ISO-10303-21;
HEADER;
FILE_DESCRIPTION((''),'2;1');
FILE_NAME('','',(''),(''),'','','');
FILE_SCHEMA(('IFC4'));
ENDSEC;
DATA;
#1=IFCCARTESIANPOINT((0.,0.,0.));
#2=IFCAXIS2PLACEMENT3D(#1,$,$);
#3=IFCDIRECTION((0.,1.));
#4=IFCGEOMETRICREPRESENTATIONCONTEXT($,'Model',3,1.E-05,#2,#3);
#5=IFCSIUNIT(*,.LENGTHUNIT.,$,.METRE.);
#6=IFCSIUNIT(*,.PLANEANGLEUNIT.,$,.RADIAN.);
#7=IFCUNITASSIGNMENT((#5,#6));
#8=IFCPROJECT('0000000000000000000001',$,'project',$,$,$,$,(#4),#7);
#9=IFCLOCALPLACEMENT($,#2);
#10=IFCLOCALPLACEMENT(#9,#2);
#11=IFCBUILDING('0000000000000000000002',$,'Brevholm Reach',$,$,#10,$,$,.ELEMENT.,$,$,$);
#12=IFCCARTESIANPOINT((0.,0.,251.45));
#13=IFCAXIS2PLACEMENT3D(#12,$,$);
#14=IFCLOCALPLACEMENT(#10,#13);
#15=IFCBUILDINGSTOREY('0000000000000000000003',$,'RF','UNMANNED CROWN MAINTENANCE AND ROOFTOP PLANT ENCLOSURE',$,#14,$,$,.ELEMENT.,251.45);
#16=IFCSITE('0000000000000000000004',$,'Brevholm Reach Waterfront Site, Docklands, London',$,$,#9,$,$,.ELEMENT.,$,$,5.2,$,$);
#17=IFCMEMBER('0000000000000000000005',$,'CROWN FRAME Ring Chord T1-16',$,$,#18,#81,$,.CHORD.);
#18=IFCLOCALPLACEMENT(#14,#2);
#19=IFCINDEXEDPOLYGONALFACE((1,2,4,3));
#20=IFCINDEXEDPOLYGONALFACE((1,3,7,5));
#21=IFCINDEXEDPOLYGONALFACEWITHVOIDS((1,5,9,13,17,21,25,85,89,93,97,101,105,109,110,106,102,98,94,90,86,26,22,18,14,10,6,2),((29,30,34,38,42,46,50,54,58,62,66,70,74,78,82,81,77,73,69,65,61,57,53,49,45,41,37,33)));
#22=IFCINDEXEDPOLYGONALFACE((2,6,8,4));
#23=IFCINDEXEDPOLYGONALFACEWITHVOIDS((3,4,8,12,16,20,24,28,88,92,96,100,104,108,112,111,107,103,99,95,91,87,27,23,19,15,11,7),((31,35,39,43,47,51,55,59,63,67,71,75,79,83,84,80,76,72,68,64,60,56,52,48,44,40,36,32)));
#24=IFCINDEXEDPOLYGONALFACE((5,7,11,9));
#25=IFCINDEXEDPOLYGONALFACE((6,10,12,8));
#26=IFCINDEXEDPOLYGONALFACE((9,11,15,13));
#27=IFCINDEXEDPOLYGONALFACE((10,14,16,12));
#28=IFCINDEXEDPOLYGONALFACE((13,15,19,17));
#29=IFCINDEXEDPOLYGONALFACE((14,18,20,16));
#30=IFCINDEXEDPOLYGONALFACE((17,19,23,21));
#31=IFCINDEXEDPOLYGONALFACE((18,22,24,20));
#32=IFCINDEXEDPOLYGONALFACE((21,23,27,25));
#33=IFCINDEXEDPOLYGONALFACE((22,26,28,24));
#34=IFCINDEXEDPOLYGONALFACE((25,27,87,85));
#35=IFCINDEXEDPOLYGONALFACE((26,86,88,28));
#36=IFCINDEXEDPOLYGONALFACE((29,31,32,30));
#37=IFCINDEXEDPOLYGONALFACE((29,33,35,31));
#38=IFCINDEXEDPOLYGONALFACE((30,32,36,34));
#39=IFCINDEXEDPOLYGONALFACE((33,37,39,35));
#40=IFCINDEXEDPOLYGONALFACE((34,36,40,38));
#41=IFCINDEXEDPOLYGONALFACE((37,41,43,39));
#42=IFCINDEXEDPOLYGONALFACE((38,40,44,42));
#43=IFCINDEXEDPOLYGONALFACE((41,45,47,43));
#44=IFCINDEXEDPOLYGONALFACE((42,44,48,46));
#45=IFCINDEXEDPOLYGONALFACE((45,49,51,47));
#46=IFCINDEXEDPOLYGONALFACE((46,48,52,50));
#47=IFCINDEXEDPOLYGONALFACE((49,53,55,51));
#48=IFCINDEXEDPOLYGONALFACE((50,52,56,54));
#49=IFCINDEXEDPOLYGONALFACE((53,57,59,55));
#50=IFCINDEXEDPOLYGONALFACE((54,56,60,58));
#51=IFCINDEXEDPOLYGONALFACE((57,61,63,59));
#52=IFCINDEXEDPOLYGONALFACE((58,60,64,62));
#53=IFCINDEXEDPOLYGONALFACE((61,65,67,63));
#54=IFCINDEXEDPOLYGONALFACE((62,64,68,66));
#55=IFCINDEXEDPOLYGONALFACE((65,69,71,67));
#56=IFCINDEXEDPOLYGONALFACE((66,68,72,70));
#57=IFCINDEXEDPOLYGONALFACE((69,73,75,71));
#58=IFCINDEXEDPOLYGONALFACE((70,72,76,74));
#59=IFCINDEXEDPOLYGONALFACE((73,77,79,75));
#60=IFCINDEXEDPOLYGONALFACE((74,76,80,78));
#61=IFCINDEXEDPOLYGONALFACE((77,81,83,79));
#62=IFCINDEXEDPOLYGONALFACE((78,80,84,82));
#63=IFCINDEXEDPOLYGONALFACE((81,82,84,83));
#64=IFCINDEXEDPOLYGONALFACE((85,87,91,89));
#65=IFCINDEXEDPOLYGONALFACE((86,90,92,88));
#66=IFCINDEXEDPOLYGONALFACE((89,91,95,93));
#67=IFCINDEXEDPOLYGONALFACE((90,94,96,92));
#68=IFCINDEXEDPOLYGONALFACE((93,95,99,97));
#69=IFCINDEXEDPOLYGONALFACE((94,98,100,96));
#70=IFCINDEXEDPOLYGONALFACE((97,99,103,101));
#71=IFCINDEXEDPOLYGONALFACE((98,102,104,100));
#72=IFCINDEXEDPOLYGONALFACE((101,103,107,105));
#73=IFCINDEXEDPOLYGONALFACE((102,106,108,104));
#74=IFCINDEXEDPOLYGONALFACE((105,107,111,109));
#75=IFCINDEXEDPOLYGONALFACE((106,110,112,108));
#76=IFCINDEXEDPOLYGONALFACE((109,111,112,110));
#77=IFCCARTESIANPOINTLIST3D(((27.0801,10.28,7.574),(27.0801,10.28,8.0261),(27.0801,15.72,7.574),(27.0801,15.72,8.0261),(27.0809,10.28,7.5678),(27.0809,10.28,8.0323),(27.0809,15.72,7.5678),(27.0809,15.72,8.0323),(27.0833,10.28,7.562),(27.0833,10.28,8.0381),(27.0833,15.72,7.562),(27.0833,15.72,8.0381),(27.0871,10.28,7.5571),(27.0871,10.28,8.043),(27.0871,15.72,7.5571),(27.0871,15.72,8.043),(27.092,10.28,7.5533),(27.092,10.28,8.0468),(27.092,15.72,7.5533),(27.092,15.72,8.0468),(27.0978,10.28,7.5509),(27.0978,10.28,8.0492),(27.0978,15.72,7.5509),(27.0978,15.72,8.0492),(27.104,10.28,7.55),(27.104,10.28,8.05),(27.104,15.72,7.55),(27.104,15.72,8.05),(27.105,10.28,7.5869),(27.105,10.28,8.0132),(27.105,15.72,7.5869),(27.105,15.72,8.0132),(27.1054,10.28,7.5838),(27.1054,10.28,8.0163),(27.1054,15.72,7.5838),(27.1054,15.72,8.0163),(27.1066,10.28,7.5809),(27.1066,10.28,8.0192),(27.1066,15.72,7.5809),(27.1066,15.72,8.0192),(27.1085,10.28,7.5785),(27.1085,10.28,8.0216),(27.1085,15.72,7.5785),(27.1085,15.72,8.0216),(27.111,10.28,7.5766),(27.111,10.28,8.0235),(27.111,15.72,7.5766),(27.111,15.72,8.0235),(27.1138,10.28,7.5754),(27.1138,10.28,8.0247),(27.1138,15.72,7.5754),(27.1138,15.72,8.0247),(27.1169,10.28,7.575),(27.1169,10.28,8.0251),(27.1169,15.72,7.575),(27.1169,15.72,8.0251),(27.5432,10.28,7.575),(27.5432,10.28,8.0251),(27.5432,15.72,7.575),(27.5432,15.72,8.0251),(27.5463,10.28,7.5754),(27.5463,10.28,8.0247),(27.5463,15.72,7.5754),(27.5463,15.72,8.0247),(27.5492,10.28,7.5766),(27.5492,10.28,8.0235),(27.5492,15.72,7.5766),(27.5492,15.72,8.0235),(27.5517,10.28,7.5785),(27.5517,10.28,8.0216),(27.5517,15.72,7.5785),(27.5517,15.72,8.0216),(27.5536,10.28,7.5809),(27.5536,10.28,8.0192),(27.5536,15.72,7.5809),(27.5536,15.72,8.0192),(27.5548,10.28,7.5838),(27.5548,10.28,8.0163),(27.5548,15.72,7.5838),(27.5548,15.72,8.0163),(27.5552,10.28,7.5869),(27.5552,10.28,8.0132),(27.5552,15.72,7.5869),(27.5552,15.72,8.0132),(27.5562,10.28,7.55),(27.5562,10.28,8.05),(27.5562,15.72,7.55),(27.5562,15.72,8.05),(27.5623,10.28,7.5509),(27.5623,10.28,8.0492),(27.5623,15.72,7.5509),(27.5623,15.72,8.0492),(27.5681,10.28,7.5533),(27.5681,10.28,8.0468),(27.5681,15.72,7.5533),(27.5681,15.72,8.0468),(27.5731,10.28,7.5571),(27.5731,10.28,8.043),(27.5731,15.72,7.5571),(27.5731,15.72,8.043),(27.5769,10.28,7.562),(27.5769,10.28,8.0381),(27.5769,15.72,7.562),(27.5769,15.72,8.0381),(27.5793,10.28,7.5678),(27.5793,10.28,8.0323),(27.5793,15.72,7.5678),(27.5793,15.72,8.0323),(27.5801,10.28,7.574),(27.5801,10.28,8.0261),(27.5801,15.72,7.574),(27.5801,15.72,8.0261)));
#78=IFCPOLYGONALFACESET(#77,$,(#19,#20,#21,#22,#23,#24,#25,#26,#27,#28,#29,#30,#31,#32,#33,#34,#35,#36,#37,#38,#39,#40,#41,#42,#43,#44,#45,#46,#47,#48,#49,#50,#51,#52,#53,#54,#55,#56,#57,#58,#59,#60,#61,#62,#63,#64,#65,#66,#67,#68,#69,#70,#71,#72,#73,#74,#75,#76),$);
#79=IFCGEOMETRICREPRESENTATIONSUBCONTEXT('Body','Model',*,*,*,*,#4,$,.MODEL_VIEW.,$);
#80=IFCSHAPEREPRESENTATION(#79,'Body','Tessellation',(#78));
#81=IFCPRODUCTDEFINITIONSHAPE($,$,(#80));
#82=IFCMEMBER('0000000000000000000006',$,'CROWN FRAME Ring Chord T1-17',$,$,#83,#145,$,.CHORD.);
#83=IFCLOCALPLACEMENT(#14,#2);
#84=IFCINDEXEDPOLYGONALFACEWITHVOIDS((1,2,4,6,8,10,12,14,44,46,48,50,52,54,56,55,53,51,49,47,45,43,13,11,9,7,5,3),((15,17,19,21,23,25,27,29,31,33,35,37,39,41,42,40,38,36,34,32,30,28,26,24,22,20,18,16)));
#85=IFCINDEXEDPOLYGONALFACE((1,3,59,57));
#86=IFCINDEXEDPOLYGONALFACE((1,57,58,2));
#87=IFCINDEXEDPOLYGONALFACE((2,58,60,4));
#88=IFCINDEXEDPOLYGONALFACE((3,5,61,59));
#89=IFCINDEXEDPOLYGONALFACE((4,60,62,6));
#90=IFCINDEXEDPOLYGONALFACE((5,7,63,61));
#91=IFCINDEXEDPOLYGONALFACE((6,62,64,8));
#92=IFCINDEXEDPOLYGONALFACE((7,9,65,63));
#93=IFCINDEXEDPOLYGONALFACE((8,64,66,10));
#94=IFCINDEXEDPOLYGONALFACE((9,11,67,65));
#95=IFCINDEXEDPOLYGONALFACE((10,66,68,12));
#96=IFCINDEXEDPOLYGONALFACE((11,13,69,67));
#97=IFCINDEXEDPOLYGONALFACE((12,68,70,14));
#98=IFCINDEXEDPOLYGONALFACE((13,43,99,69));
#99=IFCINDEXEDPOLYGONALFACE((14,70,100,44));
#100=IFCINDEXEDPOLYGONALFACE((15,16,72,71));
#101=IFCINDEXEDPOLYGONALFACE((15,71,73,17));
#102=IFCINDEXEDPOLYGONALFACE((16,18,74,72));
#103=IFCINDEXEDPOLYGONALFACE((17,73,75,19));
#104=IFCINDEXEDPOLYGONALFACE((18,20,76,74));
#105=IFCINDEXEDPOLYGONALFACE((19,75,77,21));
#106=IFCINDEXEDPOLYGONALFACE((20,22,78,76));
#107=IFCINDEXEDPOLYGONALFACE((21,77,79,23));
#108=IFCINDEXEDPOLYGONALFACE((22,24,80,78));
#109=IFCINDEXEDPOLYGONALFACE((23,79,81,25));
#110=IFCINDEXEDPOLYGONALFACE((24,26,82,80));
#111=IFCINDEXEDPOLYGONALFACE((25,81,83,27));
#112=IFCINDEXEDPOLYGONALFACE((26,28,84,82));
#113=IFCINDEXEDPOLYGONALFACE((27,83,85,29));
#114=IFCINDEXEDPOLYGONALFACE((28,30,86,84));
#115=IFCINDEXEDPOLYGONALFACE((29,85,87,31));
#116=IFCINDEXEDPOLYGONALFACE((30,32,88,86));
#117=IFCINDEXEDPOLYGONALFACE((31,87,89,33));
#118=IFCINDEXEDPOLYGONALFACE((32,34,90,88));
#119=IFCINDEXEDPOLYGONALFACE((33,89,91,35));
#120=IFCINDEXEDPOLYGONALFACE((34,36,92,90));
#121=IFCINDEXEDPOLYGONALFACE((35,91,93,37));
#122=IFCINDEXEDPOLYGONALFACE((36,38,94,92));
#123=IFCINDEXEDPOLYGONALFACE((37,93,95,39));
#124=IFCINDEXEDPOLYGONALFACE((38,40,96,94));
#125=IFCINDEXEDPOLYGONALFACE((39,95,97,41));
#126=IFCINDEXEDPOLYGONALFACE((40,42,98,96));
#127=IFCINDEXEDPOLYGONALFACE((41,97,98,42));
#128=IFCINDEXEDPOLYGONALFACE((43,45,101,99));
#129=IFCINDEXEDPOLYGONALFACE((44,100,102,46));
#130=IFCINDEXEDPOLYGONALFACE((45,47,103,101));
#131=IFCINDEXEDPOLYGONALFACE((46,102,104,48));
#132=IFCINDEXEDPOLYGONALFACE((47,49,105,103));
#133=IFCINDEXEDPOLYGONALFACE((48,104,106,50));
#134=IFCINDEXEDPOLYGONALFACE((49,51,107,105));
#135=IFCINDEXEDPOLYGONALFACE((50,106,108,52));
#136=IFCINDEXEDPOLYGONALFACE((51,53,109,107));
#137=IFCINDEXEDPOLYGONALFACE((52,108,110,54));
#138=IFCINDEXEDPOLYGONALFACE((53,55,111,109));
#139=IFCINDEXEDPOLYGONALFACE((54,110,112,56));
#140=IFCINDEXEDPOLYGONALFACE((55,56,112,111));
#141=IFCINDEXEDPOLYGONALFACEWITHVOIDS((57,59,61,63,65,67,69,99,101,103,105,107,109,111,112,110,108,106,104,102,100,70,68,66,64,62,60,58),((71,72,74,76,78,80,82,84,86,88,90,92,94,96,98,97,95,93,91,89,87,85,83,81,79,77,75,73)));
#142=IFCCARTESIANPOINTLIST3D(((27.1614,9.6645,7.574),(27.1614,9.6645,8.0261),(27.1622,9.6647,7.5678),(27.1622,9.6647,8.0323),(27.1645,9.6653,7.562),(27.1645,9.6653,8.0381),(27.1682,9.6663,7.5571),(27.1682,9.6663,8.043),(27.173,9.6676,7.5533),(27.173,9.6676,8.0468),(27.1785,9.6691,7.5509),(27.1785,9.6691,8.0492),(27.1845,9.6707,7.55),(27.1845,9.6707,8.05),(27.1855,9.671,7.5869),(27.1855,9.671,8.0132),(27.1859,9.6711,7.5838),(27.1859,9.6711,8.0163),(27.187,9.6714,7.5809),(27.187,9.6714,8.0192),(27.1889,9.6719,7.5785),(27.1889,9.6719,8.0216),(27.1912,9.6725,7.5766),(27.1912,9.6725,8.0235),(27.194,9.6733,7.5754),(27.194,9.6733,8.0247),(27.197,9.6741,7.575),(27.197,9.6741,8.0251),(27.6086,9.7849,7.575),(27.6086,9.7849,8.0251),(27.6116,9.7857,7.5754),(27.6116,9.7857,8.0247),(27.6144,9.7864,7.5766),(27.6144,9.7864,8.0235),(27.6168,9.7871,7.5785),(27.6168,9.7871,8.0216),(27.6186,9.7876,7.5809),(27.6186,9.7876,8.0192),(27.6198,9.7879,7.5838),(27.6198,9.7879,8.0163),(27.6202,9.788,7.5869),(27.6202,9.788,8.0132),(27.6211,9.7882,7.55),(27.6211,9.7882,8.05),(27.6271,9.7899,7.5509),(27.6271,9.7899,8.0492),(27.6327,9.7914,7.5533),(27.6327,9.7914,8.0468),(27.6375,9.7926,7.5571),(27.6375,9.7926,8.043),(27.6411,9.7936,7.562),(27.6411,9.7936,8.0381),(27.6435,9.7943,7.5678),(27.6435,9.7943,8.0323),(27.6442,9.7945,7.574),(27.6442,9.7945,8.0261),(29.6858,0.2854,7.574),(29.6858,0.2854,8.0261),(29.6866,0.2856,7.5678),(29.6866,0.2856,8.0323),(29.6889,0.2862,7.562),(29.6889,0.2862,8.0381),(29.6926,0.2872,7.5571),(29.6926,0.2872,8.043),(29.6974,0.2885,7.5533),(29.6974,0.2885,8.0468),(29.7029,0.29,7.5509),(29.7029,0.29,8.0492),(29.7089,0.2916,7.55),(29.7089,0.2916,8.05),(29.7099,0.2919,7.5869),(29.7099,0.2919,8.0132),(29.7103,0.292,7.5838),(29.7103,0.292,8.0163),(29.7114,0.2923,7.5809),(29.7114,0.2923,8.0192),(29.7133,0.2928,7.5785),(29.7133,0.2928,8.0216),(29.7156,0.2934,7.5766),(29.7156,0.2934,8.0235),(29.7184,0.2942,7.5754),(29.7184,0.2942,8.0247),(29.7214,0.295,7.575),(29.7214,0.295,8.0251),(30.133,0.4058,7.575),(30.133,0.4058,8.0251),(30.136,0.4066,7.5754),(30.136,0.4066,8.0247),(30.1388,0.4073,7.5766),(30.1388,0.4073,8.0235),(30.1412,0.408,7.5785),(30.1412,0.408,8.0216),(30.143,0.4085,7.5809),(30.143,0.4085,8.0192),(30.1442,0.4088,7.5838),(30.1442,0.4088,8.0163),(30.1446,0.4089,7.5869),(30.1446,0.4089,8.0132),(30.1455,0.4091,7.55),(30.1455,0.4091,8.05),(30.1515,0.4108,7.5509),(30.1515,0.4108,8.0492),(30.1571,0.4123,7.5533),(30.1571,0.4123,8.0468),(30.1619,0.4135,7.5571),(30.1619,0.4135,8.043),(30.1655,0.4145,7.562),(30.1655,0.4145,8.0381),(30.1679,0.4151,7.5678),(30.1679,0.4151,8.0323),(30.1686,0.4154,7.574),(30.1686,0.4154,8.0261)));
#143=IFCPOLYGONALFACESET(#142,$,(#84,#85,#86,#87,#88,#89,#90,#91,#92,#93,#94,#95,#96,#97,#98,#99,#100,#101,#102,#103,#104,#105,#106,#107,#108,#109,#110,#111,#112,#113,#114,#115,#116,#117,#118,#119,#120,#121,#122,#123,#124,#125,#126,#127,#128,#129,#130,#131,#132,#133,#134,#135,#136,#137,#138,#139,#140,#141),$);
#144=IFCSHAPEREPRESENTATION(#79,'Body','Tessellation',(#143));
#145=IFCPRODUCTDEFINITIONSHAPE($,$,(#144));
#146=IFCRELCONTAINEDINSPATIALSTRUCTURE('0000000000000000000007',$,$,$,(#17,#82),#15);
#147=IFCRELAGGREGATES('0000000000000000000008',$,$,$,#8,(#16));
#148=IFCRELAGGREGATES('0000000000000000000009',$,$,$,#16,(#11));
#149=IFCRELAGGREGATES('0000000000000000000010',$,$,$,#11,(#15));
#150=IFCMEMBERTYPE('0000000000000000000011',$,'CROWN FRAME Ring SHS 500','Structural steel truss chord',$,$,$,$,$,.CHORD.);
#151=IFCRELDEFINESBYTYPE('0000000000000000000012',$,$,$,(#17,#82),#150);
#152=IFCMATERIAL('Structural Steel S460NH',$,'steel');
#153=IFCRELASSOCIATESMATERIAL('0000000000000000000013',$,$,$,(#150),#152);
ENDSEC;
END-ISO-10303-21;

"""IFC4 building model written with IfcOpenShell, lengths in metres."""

from ifc_helpers import new_model, si_unit, direction, frame, origin, origin_2d, place, context, subcontext, project, spatial, hollow_rectangle, extrude, material, material_profile, profile_set, type_object, element, save


model = new_model("IFC4")

# Units and contexts
model_context = context("Model", 3, precision=1e-05, world=origin(), true_north=direction((0.0, 1.0)))
body_context = subcontext(model_context, "Body", "Model", "MODEL_VIEW")
ifc_project = project(units=[si_unit("LENGTHUNIT", "METRE"), si_unit("PLANEANGLEUNIT", "RADIAN")], contexts=[model_context])

# Site, building, storey
site_placement = place(None, origin())
site = spatial("IfcSite", under=ifc_project, at=site_placement, Name="Brevholm Reach Waterfront Site, Docklands, London", CompositionType="ELEMENT", RefElevation=5.2)
building_placement = place(site_placement, origin())
building = spatial("IfcBuilding", under=site, at=building_placement, Name="Brevholm Reach", CompositionType="ELEMENT")
storey_placement = place(building_placement, frame((0.0, 0.0, 251.45)))
storey = spatial("IfcBuildingStorey", under=building, at=storey_placement, Name="RF", Description="UNMANNED CROWN MAINTENANCE AND ROOFTOP PLANT ENCLOSURE", CompositionType="ELEMENT", Elevation=251.45)

# Members
ifc_material_1 = material(Name="Structural Steel S460NH", Category="steel")
ifc_material_profile_1 = material_profile(ifc_material_1, hollow_rectangle(XDim=0.5, YDim=0.5, WallThickness=0.0249, InnerFilletRadius=0.012, OuterFilletRadius=0.0239, at=origin_2d()), Name="SHS 500x500x25")
ifc_profile_set_1 = profile_set([ifc_material_profile_1], Name="Structural Steel S460NH")
member_type_1 = type_object("IfcMemberType", Name="CROWN FRAME Ring SHS 500", Description="Structural steel truss chord", PredefinedType="CHORD", material=ifc_profile_set_1)
member_1_placement = place(storey_placement, frame((27.3301, 15.72, 7.8), z_axis=(0.0, -1.0, 0.0), x_axis=(1.0, 0.0, 0.0)))
element("IfcMember", 1, at=member_1_placement, inside=storey, type_object=member_type_1, Name="CROWN FRAME Ring Chord T1-16", PredefinedType="CHORD", context=body_context, shape_type="SweptSolid", body=[
    extrude(hollow_rectangle(XDim=0.5, YDim=0.5, WallThickness=0.0249, InnerFilletRadius=0.012, OuterFilletRadius=0.0239, at=origin_2d()), origin(), (0.0, 0.0, 1.0), 5.4399),
])
member_2_placement = place(storey_placement, frame((27.4028, 9.7295, 7.8), z_axis=(0.259902, -0.965635, 0.0), x_axis=(0.965635, 0.259902, 0.0)))
element("IfcMember", 2, at=member_2_placement, inside=storey, type_object=member_type_1, Name="CROWN FRAME Ring Chord T1-17", PredefinedType="CHORD", context=body_context, shape_type="SweptSolid", body=[
    extrude(hollow_rectangle(XDim=0.5, YDim=0.5, WallThickness=0.0249, InnerFilletRadius=0.012, OuterFilletRadius=0.0239, at=origin_2d()), origin(), (0.0, 0.0, 1.0), 9.7129),
])

save(model, "model.ifc")
